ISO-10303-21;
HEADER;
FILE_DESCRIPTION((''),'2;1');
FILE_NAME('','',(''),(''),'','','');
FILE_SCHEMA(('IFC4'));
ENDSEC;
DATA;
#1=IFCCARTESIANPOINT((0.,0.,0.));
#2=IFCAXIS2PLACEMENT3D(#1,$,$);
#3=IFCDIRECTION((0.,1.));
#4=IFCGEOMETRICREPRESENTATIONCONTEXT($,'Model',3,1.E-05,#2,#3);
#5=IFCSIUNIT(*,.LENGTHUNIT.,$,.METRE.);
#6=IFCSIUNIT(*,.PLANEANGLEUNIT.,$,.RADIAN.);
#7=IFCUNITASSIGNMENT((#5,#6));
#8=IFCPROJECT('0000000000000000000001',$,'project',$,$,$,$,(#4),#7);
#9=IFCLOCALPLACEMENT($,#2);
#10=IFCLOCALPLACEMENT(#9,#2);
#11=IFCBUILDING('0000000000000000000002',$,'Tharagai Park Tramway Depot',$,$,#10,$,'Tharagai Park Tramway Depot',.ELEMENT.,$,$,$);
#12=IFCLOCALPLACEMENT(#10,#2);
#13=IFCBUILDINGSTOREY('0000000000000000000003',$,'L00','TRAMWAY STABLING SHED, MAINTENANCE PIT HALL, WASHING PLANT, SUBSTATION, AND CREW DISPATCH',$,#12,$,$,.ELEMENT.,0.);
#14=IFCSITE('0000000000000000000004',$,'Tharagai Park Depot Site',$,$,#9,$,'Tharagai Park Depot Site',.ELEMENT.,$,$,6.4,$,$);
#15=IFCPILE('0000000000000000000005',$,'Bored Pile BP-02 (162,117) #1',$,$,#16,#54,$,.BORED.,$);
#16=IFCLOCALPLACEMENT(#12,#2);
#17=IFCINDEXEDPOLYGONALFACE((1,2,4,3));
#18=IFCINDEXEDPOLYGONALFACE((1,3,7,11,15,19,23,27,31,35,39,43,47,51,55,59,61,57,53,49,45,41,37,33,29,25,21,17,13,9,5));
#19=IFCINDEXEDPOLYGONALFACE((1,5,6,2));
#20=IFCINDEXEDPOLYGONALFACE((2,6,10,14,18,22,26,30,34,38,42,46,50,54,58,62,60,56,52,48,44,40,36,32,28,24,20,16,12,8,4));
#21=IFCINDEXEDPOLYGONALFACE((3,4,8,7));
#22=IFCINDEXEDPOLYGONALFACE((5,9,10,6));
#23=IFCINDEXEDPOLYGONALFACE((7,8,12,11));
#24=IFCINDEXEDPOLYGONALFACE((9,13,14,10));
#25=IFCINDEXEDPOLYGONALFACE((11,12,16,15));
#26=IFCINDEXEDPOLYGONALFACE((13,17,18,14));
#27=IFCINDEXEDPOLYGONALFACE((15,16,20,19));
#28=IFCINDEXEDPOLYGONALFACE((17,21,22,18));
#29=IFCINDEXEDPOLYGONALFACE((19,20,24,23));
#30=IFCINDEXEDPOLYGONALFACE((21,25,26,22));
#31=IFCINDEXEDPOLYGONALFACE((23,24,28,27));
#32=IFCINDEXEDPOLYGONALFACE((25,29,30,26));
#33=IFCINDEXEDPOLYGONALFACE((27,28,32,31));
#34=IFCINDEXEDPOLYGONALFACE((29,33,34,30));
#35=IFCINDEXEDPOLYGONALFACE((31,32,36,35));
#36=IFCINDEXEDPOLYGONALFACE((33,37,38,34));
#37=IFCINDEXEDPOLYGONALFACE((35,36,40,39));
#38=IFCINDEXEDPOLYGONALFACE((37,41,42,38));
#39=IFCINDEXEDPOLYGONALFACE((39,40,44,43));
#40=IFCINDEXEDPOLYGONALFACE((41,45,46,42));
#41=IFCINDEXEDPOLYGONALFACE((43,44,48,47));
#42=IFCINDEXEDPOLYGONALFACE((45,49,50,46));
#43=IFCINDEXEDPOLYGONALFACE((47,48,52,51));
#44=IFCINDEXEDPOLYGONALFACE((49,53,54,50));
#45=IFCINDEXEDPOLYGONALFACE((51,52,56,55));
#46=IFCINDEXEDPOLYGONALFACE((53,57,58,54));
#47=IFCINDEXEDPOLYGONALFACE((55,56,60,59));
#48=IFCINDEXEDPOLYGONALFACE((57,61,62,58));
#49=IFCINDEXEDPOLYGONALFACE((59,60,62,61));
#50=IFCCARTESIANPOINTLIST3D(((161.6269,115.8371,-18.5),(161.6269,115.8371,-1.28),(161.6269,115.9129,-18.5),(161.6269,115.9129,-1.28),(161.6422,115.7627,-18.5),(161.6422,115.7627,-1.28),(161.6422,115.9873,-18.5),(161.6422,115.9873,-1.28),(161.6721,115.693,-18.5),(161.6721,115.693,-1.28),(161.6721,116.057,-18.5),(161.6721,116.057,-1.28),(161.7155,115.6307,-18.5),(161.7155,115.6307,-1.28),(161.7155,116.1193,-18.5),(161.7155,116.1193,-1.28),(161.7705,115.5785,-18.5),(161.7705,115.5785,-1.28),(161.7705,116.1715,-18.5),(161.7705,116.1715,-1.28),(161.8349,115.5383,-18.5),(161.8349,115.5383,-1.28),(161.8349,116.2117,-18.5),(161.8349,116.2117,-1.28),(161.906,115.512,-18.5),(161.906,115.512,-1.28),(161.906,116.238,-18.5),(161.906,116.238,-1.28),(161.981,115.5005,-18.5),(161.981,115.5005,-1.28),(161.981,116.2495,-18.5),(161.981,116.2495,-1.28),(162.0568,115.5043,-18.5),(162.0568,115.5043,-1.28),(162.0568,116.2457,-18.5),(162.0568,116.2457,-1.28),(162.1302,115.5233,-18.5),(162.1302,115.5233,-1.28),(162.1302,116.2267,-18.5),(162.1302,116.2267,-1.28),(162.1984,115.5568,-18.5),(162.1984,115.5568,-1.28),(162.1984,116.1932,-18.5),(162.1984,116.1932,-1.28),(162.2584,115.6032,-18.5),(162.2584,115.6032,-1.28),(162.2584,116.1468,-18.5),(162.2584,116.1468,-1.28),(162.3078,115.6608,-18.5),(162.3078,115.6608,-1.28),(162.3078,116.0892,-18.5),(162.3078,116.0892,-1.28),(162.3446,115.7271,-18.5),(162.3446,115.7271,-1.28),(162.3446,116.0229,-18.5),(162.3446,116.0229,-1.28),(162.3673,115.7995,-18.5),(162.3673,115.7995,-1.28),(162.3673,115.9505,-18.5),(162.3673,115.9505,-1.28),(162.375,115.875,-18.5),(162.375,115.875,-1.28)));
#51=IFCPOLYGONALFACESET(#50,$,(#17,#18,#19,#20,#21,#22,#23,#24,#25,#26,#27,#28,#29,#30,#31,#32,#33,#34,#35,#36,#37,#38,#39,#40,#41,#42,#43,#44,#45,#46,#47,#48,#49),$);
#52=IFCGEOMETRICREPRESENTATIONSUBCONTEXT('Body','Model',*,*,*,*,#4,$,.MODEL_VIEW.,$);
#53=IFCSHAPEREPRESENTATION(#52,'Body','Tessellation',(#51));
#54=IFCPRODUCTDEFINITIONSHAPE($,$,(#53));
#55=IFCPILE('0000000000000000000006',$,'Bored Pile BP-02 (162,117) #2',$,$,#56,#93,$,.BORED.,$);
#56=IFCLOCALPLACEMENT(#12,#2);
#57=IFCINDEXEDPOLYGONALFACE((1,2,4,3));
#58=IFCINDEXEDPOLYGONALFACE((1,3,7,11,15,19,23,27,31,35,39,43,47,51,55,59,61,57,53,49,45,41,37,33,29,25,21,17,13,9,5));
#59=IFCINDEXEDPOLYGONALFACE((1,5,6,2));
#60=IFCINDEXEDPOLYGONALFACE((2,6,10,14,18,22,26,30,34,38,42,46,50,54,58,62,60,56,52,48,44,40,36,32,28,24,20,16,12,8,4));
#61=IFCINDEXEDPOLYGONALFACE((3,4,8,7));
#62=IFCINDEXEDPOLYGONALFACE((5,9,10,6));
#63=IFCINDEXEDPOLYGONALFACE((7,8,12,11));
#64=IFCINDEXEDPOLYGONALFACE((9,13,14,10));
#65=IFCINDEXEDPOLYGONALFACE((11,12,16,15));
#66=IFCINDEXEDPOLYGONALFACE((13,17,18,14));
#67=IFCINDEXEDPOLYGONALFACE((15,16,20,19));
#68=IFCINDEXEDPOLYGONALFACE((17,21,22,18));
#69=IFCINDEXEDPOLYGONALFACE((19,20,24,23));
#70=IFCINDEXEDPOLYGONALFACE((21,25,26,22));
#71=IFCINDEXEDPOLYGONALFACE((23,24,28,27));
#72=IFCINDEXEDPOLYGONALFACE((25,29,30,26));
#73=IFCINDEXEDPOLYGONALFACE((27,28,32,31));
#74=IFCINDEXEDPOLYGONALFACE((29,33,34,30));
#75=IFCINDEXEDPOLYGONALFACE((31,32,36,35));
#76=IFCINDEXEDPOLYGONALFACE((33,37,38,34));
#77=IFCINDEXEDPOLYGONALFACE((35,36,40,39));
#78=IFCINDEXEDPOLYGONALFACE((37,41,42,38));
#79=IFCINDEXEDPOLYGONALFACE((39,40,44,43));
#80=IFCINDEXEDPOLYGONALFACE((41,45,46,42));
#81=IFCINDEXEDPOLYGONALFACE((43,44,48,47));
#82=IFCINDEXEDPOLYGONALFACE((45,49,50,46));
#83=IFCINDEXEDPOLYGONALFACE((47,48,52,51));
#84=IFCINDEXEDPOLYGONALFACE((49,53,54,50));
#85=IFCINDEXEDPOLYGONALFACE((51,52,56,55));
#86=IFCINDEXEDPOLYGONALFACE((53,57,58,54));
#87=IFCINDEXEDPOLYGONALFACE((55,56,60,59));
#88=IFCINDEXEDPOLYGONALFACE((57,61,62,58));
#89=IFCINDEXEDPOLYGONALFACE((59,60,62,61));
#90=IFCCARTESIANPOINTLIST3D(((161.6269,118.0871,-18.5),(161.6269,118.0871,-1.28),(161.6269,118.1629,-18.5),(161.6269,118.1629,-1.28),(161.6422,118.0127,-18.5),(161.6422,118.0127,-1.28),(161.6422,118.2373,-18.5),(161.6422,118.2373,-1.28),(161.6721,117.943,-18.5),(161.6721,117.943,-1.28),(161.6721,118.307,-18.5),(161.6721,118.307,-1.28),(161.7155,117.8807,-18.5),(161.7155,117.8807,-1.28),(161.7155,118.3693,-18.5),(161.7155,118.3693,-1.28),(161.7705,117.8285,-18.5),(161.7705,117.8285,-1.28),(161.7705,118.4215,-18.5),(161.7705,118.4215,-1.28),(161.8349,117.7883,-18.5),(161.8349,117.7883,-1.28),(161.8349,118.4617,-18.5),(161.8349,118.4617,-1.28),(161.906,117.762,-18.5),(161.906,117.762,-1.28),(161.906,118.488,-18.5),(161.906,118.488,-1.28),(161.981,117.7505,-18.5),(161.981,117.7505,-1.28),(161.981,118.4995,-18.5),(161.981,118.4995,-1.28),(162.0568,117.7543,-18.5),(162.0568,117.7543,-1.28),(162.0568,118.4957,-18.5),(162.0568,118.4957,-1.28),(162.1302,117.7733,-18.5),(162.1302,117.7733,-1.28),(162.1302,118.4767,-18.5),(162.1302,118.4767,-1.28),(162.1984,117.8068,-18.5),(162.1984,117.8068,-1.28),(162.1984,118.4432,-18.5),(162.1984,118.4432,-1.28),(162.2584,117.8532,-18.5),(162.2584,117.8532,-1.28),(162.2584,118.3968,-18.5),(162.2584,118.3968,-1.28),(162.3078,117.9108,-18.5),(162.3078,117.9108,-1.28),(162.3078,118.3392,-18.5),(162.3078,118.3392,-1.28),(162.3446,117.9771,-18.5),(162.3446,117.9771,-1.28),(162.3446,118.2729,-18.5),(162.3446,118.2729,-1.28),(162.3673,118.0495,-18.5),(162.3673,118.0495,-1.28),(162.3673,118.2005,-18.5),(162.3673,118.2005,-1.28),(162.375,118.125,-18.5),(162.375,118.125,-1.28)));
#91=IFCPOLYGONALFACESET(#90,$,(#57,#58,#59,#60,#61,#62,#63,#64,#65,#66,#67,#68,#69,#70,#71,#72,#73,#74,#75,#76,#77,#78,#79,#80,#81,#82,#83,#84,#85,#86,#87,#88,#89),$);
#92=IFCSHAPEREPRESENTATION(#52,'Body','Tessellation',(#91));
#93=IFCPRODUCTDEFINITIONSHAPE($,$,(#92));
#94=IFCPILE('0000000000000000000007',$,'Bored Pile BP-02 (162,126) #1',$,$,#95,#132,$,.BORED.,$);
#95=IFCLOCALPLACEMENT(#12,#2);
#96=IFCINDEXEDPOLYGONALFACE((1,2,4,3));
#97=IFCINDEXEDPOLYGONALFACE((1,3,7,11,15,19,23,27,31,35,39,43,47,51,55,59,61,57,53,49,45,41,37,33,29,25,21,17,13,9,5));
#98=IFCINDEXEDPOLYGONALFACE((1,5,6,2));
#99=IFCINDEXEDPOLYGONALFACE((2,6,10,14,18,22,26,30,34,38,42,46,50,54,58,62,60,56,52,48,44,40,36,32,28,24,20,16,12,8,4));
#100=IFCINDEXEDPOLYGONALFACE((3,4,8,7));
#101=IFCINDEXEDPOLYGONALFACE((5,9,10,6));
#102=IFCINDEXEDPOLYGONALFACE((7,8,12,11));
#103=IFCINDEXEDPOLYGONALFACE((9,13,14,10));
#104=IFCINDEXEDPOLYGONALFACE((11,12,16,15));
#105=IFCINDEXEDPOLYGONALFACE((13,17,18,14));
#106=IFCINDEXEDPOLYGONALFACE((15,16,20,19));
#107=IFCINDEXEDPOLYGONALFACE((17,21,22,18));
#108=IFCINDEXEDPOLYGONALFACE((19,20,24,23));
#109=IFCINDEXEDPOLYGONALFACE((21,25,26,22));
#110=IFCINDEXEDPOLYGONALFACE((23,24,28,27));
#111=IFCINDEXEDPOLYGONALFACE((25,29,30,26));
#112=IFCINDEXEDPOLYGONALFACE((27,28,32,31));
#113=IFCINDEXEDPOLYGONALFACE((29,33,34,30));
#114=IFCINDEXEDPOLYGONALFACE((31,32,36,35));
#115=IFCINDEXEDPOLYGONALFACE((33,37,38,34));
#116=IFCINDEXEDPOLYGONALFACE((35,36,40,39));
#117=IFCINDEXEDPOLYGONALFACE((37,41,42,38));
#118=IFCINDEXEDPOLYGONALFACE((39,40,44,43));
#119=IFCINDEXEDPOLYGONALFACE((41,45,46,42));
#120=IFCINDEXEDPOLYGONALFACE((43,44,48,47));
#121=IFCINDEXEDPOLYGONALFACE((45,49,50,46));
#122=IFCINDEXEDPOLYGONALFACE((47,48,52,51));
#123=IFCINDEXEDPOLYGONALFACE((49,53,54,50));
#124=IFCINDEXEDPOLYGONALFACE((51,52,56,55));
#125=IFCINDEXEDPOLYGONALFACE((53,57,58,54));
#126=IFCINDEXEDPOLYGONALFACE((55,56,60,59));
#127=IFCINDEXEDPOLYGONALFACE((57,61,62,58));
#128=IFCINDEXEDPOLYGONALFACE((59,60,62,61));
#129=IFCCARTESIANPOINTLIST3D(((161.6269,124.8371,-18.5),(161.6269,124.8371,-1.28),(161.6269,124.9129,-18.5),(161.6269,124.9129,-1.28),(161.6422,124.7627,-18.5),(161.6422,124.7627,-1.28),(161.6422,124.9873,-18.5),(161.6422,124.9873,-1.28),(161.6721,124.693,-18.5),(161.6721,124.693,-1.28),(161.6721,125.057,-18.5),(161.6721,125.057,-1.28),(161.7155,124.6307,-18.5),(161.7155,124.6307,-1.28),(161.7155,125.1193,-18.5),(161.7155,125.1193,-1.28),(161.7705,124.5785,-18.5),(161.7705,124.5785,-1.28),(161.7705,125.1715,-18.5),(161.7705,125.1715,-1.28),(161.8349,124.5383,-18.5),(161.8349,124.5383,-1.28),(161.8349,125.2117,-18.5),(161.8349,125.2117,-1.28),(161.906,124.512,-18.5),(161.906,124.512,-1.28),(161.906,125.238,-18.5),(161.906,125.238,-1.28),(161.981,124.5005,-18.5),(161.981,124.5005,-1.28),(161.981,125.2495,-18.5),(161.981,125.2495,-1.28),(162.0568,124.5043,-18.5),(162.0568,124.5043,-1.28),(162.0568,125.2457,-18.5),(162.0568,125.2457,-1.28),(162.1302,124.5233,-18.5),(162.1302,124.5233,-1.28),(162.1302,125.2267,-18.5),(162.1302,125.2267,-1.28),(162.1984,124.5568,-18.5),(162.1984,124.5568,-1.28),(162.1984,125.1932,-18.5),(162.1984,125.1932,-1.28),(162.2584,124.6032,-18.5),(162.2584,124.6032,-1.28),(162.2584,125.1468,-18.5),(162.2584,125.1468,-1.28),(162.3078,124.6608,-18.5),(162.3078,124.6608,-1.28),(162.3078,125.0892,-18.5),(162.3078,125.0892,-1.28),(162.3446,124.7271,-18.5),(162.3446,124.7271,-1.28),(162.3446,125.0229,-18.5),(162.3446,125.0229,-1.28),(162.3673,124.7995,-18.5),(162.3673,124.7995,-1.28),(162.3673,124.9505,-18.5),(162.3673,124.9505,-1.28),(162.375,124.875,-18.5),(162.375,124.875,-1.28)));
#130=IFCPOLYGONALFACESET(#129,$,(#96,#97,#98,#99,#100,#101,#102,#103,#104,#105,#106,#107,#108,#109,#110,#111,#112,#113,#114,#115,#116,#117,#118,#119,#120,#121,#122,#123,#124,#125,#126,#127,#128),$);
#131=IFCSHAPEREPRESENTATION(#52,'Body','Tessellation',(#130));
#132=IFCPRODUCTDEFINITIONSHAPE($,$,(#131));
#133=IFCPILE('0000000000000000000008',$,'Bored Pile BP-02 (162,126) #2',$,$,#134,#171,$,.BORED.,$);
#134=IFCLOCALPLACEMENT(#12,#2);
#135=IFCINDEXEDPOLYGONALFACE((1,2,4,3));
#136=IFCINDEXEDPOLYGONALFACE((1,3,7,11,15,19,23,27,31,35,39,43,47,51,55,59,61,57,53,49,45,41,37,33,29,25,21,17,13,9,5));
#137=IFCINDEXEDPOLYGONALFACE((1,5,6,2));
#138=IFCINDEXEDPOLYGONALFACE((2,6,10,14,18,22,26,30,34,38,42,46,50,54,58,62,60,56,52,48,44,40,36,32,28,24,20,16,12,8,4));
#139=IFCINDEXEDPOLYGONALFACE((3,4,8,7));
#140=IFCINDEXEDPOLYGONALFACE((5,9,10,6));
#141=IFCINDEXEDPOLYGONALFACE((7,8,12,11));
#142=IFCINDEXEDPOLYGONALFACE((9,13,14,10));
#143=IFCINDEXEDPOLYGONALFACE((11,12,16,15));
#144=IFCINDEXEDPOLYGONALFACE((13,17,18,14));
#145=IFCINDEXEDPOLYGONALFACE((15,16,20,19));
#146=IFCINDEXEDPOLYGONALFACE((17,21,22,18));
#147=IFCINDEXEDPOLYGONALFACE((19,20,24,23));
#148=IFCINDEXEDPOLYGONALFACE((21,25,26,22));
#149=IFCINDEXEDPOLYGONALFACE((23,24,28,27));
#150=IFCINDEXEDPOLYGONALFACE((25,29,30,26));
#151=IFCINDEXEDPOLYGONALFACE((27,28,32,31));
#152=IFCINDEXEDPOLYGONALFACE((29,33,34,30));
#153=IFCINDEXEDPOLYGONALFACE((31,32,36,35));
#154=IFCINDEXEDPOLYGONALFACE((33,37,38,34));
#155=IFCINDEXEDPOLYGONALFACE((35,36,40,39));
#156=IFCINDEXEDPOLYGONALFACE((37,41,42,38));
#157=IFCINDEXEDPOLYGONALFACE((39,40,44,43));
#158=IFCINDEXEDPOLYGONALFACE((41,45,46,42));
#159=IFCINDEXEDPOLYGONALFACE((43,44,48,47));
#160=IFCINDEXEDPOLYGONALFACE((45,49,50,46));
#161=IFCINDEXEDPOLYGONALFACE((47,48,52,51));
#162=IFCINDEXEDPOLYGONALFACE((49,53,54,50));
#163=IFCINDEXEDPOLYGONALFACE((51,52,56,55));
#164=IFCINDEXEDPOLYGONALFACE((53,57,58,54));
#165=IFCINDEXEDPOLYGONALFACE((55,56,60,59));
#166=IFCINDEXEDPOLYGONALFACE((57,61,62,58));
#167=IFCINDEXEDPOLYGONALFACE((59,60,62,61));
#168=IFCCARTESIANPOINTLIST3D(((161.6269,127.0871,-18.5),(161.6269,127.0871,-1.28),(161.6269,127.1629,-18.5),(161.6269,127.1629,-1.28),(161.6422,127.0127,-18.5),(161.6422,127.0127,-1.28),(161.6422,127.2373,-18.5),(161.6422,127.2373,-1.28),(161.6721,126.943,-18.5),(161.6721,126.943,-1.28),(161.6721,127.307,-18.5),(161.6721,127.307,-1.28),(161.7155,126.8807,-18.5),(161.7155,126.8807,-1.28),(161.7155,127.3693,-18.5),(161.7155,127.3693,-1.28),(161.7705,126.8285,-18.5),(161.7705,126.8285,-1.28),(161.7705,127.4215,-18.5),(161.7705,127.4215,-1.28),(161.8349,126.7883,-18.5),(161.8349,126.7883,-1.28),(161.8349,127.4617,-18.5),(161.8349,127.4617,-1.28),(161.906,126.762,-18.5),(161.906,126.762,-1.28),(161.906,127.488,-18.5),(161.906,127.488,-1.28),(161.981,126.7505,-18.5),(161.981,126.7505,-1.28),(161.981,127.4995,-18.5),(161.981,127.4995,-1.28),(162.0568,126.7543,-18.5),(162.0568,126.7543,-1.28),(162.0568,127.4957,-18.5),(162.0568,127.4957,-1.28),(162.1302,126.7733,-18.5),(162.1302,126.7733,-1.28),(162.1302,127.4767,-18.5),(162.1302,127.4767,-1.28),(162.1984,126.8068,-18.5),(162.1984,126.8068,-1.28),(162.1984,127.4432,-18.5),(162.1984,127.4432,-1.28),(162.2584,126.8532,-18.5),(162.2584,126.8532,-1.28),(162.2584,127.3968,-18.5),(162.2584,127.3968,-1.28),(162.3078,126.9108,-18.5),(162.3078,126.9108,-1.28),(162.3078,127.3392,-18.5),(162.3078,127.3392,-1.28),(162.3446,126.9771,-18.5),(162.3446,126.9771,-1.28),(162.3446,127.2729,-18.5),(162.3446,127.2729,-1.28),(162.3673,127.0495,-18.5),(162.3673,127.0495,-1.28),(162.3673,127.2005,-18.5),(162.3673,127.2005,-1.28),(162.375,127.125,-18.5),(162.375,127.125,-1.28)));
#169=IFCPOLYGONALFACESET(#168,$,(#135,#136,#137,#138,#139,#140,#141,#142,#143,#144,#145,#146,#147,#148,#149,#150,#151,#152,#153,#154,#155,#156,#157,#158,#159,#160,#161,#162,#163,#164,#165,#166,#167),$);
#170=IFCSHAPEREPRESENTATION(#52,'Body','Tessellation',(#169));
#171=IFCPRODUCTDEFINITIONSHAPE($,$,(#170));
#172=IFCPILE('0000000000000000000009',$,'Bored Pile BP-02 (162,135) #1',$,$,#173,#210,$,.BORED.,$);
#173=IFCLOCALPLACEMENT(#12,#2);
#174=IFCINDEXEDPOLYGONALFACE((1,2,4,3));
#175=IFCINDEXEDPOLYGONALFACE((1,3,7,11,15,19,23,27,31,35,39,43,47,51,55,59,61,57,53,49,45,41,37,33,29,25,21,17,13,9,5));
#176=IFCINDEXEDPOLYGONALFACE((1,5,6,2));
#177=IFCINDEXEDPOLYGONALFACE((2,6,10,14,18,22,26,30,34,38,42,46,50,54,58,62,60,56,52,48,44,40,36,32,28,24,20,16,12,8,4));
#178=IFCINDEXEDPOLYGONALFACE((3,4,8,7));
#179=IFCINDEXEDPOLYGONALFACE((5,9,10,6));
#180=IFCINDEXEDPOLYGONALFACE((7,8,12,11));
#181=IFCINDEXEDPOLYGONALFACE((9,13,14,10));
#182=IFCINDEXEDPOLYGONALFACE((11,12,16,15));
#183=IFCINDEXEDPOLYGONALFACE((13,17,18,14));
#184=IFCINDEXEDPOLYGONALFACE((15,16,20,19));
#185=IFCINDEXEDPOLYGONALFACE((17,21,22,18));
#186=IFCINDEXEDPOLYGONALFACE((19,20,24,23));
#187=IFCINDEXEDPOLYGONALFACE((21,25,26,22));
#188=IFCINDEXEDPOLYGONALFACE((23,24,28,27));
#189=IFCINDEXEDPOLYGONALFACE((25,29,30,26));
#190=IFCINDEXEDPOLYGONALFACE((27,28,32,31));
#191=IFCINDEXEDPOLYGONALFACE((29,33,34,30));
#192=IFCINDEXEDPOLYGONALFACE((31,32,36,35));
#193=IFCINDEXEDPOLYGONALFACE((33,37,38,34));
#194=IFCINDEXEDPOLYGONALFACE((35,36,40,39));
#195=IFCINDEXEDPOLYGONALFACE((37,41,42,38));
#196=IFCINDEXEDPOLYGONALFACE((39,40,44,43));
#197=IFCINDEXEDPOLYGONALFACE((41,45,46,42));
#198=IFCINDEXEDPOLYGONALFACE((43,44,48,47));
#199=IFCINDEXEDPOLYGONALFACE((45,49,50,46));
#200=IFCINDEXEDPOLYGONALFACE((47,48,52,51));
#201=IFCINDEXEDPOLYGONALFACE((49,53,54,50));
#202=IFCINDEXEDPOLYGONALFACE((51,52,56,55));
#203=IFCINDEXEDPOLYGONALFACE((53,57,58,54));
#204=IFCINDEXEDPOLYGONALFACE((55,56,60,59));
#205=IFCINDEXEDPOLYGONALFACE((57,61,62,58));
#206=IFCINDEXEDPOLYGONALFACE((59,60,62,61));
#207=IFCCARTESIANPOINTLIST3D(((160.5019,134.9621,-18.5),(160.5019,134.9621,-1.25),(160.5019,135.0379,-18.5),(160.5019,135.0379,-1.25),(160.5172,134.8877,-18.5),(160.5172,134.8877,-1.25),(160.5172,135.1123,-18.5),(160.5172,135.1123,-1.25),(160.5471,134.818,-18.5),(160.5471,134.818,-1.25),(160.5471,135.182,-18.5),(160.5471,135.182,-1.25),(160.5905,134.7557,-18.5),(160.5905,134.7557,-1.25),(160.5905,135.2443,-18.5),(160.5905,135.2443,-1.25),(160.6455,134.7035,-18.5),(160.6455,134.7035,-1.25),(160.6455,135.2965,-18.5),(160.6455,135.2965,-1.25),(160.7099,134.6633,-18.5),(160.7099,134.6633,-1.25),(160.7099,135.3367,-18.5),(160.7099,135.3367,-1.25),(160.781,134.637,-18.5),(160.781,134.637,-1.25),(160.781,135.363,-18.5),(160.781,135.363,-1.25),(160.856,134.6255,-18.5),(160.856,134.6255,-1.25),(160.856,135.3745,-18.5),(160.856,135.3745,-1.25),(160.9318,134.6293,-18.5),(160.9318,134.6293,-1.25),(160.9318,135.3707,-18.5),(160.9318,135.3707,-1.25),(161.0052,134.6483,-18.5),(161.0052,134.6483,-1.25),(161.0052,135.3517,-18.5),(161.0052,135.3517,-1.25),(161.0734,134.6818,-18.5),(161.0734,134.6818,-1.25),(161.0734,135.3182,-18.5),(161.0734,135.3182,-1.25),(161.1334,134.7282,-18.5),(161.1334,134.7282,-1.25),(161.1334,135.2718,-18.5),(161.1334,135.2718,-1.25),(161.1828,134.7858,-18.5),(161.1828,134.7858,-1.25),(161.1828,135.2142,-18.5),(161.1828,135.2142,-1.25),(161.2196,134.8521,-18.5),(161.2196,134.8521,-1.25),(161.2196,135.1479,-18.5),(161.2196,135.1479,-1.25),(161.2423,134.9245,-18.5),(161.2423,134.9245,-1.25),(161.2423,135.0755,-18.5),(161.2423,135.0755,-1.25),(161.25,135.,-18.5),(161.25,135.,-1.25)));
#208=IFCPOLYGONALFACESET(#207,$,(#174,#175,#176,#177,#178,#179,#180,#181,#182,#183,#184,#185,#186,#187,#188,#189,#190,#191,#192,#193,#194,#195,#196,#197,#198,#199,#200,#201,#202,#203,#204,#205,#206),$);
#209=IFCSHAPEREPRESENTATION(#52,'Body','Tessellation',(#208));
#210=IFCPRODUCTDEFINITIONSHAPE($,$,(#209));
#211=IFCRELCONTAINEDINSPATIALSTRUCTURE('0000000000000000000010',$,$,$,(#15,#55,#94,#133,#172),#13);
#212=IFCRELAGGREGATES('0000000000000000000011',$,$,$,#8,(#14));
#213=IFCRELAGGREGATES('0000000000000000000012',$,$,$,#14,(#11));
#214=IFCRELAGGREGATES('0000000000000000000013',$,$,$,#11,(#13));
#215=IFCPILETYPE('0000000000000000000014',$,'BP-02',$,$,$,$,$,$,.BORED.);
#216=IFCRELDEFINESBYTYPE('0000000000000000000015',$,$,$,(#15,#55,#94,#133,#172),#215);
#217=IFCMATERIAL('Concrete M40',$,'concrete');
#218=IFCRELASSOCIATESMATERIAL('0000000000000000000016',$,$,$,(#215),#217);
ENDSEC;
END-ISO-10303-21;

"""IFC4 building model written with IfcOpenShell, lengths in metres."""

from ifc_helpers import new_model, si_unit, direction, frame, origin, origin_2d, place, context, subcontext, project, spatial, circle, extrude, material, material_profile, profile_set, type_object, element, save


model = new_model("IFC4")

# Units and contexts
model_context = context("Model", 3, precision=1e-05, world=origin(), true_north=direction((0.0, 1.0)))
body_context = subcontext(model_context, "Body", "Model", "MODEL_VIEW")
ifc_project = project(units=[si_unit("LENGTHUNIT", "METRE"), si_unit("PLANEANGLEUNIT", "RADIAN")], contexts=[model_context])

# Site, building, storey
site_placement = place(None, origin())
site = spatial("IfcSite", under=ifc_project, at=site_placement, Name="Tharagai Park Depot Site", LongName="Tharagai Park Depot Site", CompositionType="ELEMENT", RefElevation=6.4)
building_placement = place(site_placement, origin())
building = spatial("IfcBuilding", under=site, at=building_placement, Name="Tharagai Park Tramway Depot", LongName="Tharagai Park Tramway Depot", CompositionType="ELEMENT")
storey_placement = place(building_placement, origin())
storey = spatial("IfcBuildingStorey", under=building, at=storey_placement, Name="L00", Description="TRAMWAY STABLING SHED, MAINTENANCE PIT HALL, WASHING PLANT, SUBSTATION, AND CREW DISPATCH", CompositionType="ELEMENT", Elevation=0.0)

# Piles
ifc_material_1 = material(Name="Concrete M40", Category="concrete")
ifc_material_profile_1 = material_profile(ifc_material_1, circle(Radius=0.375, at=origin_2d()), Name="PILE D750")
ifc_profile_set_1 = profile_set([ifc_material_profile_1], Name="Concrete M40")
pile_type = type_object("IfcPileType", Name="BP-02", PredefinedType="BORED", material=ifc_profile_set_1)
for number, where, z_axis, x_axis, name in (
    (1, (162.0, 115.875, -1.28), (0.0, 0.0, -1.0), (1.0, 0.0, 0.0), "Bored Pile BP-02 (162,117) #1"),
    (2, (162.0, 118.125, -1.28), (0.0, 0.0, -1.0), (1.0, 0.0, 0.0), "Bored Pile BP-02 (162,117) #2"),
    (3, (162.0, 124.875, -1.28), (0.0, 0.0, -1.0), (1.0, 0.0, 0.0), "Bored Pile BP-02 (162,126) #1"),
    (4, (162.0, 127.125, -1.28), (0.0, 0.0, -1.0), (1.0, 0.0, 0.0), "Bored Pile BP-02 (162,126) #2"),
):
    element("IfcPile", number, at=place(storey_placement, frame(where, z_axis=z_axis, x_axis=x_axis)), inside=storey, type_object=pile_type, Name=name, PredefinedType="BORED", context=body_context, shape_type="SweptSolid", body=[
        extrude(circle(Radius=0.375, at=origin_2d()), origin(), (0.0, 0.0, 1.0), 17.22),
    ])
for number, where, z_axis, x_axis, name in (
    (5, (160.875, 135.0, -1.25), (0.0, 0.0, -1.0), (1.0, 0.0, 0.0), "Bored Pile BP-02 (162,135) #1"),
):
    element("IfcPile", number, at=place(storey_placement, frame(where, z_axis=z_axis, x_axis=x_axis)), inside=storey, type_object=pile_type, Name=name, PredefinedType="BORED", context=body_context, shape_type="SweptSolid", body=[
        extrude(circle(Radius=0.375, at=origin_2d()), origin(), (0.0, 0.0, 1.0), 17.25),
    ])

save(model, "model.ifc")
